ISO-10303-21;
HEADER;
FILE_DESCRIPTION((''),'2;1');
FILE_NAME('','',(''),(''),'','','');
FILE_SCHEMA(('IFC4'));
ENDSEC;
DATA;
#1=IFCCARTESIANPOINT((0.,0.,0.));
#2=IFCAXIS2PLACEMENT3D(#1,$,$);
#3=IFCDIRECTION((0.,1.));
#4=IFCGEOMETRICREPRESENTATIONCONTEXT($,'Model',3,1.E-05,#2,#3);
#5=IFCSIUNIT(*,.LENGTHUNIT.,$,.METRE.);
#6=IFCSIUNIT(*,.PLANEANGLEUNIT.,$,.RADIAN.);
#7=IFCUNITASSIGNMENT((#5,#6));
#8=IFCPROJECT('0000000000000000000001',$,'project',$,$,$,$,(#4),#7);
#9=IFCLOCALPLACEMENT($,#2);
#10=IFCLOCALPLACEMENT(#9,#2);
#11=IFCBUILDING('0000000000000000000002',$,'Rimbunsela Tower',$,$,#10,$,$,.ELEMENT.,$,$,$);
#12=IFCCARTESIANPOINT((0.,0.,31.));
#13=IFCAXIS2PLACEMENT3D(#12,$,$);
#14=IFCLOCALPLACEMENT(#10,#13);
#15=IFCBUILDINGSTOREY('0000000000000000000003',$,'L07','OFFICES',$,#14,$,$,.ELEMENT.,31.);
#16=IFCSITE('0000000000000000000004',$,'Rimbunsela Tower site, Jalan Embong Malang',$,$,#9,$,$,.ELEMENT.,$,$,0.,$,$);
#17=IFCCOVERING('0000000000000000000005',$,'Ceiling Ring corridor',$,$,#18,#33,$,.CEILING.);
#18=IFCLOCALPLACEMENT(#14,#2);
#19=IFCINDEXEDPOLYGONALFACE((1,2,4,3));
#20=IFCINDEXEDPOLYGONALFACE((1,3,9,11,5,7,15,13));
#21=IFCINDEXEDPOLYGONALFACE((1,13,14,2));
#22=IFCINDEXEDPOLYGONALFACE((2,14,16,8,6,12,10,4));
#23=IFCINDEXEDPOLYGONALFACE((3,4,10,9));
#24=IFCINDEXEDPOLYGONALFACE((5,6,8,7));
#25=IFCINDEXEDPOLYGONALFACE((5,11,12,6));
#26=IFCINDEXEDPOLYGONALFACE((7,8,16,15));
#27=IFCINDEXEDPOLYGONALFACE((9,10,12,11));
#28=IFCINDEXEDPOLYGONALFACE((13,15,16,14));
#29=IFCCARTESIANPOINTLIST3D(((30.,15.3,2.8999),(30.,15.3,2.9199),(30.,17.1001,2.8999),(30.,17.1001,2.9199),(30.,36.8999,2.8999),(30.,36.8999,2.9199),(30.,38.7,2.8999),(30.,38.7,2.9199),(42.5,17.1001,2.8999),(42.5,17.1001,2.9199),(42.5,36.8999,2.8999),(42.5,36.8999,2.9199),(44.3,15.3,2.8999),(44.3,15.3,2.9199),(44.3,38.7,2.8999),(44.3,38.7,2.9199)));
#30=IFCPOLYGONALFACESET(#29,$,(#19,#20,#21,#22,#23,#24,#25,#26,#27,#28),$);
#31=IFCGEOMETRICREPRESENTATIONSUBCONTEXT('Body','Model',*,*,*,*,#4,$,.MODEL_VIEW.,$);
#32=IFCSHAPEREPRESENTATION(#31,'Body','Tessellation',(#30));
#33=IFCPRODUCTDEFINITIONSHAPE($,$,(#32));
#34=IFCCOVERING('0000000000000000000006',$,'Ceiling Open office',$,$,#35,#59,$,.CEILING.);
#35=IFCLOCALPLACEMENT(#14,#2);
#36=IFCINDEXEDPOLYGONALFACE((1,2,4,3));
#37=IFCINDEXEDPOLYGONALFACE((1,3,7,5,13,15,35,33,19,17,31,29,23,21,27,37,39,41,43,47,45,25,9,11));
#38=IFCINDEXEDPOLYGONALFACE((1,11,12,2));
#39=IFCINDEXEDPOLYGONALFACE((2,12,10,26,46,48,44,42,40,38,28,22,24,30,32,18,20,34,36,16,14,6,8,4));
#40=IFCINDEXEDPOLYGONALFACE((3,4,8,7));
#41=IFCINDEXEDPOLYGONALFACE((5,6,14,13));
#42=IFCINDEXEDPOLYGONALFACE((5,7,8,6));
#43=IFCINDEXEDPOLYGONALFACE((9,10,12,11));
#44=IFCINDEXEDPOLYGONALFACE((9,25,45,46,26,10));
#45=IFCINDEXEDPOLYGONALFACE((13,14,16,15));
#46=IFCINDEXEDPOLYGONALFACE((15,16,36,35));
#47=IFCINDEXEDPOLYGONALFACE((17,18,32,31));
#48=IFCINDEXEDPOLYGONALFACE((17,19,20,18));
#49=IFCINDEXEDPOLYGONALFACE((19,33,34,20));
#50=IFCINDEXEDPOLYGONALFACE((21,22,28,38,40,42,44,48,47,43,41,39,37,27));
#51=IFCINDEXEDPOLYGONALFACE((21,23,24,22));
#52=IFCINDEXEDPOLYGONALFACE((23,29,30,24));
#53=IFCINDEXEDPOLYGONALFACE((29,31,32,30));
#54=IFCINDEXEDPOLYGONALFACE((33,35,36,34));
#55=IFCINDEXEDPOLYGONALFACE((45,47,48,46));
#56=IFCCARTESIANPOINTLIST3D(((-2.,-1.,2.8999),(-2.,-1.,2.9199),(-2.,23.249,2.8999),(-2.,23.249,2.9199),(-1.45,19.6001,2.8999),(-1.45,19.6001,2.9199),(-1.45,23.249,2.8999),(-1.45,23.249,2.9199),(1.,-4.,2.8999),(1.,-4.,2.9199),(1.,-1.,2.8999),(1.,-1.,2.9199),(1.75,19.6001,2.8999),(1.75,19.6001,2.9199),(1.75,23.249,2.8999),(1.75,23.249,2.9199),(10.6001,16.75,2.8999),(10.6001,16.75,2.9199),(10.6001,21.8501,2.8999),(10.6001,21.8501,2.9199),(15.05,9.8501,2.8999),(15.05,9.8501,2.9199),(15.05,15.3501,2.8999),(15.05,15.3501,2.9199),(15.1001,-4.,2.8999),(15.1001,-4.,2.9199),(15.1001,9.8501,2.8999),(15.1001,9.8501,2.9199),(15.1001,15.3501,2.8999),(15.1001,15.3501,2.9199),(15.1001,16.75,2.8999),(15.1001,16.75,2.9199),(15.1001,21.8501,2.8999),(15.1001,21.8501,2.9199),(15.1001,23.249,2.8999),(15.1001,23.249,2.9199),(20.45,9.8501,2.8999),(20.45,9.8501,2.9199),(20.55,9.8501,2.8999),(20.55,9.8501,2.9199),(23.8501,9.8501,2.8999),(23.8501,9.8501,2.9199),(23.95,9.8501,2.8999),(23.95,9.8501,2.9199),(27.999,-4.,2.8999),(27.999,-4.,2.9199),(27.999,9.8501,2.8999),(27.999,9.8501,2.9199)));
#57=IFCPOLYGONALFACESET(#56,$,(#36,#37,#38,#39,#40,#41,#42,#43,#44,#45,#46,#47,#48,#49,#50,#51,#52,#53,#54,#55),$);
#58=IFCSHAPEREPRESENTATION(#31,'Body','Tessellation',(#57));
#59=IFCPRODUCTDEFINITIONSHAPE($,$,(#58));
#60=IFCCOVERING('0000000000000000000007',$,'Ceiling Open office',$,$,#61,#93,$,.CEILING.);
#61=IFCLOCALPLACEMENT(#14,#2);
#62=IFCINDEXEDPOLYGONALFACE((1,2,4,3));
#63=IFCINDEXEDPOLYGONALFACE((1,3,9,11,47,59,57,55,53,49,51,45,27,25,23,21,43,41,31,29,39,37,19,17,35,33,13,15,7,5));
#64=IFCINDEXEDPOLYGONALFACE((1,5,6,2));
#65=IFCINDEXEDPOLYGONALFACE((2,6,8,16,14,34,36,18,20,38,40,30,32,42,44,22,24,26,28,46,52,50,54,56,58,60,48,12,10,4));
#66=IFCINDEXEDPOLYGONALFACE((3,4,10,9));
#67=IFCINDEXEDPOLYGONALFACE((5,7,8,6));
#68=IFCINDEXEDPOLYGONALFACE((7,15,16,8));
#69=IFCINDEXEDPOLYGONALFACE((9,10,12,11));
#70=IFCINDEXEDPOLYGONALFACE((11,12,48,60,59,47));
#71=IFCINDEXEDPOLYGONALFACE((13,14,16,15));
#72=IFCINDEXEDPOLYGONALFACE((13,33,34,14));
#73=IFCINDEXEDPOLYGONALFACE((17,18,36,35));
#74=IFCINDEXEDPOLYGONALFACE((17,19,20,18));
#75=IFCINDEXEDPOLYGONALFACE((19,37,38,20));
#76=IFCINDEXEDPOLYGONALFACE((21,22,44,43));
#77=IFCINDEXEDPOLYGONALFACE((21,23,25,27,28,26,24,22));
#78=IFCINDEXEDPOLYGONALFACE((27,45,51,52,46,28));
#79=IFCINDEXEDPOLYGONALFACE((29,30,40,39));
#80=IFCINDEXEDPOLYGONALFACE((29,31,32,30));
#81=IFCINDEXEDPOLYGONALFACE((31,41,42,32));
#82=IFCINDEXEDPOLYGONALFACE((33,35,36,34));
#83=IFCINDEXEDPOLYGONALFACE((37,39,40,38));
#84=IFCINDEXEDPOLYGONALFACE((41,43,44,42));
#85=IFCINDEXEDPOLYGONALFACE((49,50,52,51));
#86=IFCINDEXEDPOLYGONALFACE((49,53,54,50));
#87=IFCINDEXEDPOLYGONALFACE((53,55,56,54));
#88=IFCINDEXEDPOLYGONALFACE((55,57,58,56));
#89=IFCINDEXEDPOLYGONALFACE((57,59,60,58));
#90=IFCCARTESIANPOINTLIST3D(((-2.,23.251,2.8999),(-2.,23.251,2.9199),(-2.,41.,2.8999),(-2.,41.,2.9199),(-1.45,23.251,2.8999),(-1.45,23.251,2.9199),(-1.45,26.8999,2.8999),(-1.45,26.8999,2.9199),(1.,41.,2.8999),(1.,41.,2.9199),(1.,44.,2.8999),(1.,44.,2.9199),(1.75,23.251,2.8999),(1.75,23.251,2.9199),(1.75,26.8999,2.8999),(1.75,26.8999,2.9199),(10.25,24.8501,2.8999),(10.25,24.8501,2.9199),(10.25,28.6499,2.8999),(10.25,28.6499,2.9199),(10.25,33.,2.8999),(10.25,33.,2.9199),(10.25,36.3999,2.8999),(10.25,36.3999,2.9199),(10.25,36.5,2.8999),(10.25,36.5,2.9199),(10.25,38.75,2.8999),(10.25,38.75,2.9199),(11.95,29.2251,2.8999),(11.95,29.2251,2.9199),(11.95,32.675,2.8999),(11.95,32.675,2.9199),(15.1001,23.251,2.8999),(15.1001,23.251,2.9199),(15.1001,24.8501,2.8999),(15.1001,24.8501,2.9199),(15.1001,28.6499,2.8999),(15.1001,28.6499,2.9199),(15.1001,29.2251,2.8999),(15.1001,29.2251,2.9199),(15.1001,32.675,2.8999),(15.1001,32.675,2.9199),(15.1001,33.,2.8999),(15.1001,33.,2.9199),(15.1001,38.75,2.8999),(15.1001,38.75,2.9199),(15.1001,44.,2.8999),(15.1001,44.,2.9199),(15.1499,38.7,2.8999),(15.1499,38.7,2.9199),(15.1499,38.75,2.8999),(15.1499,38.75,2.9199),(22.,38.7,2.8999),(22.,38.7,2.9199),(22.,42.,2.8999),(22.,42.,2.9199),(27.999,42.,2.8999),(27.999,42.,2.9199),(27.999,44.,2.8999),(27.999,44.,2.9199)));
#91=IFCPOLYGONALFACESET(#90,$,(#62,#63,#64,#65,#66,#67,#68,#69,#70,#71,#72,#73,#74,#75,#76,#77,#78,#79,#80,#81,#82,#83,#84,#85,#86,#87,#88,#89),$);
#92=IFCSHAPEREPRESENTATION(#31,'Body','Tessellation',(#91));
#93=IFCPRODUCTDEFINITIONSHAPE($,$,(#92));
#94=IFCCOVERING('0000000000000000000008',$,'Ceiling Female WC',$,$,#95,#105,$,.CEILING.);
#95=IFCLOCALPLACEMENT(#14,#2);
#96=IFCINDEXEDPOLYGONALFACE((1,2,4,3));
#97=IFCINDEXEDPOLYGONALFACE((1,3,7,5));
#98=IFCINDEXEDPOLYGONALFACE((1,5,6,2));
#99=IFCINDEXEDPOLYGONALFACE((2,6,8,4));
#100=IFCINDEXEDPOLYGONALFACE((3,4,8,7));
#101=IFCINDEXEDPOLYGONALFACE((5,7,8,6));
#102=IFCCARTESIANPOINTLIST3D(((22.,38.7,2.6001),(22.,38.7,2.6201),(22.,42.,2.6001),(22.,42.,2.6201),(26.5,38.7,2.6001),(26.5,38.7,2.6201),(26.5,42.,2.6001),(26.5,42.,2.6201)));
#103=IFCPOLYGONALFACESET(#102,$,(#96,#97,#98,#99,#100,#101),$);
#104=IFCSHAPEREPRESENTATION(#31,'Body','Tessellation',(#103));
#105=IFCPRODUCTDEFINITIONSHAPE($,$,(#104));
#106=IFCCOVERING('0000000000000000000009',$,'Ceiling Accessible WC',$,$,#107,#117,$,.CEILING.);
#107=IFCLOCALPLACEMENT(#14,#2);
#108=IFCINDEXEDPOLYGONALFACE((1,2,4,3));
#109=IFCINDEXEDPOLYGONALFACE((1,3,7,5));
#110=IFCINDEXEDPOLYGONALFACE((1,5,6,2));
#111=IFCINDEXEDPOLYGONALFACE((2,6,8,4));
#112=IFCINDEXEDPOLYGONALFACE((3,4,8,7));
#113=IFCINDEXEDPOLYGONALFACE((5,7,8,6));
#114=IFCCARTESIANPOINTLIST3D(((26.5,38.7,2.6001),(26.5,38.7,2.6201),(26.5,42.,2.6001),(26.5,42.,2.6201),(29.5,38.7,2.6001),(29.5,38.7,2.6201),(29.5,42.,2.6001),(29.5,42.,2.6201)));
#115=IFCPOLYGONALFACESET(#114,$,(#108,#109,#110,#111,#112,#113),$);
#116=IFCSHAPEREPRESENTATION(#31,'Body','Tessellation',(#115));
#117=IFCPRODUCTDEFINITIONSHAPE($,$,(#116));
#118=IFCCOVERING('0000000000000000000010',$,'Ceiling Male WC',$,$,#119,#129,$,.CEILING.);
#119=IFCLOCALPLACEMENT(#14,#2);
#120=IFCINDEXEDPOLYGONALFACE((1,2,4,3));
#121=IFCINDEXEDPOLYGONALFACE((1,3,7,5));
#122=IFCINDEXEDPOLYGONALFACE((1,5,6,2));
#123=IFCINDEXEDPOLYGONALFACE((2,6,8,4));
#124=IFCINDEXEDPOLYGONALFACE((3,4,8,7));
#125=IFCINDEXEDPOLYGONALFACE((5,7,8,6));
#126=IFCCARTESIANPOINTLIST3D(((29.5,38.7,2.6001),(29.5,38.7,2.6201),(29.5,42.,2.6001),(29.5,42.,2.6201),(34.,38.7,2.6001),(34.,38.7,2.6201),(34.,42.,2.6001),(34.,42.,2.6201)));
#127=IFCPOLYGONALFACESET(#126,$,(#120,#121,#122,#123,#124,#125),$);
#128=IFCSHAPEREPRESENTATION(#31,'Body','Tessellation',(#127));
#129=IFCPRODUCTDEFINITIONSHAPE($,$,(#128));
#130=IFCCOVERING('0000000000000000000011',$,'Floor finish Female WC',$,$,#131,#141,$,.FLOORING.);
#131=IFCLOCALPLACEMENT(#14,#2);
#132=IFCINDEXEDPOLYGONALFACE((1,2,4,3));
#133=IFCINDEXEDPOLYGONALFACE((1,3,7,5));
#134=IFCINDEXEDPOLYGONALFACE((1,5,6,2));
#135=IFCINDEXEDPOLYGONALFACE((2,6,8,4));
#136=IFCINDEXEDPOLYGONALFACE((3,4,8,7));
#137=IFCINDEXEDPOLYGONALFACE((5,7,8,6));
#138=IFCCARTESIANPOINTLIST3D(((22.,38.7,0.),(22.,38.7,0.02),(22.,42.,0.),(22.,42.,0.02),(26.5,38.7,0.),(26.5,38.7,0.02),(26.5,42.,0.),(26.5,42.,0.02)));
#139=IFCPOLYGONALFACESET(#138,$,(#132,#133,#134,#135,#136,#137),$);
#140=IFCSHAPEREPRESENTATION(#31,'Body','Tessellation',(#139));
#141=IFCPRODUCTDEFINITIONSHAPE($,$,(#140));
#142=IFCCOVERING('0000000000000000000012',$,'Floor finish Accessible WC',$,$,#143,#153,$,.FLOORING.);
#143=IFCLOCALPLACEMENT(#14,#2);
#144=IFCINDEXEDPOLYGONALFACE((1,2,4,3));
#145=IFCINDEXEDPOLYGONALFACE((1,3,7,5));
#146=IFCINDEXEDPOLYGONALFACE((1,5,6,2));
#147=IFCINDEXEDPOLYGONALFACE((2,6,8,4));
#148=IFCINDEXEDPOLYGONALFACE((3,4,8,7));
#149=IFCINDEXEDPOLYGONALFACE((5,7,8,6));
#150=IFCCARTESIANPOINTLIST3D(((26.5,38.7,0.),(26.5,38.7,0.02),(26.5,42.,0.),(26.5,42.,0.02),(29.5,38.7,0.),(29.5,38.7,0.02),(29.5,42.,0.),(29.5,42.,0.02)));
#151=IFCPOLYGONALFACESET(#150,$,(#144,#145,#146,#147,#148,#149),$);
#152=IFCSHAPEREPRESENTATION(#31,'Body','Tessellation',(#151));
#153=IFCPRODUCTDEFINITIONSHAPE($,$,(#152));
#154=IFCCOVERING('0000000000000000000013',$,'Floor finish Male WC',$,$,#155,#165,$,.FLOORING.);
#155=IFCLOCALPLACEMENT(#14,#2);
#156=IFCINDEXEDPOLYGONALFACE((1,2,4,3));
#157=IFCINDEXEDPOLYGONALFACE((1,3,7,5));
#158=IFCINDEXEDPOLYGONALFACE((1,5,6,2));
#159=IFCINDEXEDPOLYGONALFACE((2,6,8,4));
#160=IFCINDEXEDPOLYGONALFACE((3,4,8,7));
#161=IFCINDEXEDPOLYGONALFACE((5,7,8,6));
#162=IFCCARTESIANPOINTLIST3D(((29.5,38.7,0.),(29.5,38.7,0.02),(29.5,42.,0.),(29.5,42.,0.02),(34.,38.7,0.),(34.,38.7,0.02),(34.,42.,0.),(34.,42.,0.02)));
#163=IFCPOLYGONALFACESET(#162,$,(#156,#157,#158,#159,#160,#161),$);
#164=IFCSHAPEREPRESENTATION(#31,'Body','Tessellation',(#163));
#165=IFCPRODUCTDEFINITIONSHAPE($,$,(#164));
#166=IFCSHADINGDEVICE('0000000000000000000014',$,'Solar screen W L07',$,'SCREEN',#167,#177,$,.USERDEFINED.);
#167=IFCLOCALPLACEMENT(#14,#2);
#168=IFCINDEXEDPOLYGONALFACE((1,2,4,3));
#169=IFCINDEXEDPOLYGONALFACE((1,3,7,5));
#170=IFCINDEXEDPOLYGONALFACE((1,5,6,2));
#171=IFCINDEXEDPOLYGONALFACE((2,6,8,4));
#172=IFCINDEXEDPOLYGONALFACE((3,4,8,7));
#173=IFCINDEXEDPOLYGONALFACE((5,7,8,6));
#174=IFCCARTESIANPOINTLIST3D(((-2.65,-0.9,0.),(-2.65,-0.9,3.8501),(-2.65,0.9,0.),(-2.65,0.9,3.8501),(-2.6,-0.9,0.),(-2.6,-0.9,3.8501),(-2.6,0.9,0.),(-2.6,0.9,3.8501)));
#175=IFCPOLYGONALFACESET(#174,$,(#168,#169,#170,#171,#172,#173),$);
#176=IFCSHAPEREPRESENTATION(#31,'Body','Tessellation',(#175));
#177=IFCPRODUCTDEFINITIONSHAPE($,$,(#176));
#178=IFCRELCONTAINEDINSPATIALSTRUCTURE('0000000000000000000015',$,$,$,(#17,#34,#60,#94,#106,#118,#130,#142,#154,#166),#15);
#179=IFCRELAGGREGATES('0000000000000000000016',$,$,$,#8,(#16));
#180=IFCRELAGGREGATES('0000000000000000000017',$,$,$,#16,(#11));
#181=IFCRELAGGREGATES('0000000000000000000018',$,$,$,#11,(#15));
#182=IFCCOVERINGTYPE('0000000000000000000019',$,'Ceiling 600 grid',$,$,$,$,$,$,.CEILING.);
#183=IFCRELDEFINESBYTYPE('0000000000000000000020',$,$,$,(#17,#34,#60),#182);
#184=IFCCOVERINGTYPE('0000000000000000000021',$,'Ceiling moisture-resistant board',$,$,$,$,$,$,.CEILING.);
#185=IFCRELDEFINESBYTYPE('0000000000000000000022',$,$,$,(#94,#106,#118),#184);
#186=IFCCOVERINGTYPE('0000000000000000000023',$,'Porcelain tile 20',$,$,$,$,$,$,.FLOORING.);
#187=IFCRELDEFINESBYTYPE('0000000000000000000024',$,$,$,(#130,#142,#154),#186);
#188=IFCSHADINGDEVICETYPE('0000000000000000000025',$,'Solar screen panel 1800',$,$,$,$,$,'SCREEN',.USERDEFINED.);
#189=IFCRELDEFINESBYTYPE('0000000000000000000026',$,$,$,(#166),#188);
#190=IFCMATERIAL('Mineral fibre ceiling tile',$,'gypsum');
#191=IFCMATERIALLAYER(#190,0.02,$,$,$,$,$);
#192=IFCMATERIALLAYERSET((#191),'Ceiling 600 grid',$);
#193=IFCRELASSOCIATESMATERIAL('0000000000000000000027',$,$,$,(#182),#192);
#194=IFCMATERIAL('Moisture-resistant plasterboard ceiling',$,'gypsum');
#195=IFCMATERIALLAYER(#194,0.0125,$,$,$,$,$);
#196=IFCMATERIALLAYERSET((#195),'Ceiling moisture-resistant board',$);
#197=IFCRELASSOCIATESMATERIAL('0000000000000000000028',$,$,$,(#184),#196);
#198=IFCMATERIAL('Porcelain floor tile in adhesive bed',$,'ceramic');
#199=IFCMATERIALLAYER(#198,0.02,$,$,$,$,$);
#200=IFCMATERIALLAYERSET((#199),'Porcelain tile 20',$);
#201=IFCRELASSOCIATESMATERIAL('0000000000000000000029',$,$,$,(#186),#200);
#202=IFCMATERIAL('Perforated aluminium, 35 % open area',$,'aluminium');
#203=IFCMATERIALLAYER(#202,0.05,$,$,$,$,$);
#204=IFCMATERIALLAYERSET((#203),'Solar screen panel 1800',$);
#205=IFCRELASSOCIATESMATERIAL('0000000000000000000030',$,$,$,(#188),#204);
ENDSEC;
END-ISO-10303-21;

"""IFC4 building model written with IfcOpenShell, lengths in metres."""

from ifc_helpers import new_model, si_unit, direction, frame, origin, origin_2d, place, context, subcontext, project, spatial, polyline, rectangle, outline, extrude, material, layer, layer_set, type_object, element, save


model = new_model("IFC4")

# Units and contexts
model_context = context("Model", 3, precision=1e-05, world=origin(), true_north=direction((0.0, 1.0)))
body_context = subcontext(model_context, "Body", "Model", "MODEL_VIEW")
ifc_project = project(units=[si_unit("LENGTHUNIT", "METRE"), si_unit("PLANEANGLEUNIT", "RADIAN")], contexts=[model_context])

# Site, building, storey
site_placement = place(None, origin())
site = spatial("IfcSite", under=ifc_project, at=site_placement, Name="Rimbunsela Tower site, Jalan Embong Malang", CompositionType="ELEMENT", RefElevation=0.0)
building_placement = place(site_placement, origin())
building = spatial("IfcBuilding", under=site, at=building_placement, Name="Rimbunsela Tower", CompositionType="ELEMENT")
storey_placement = place(building_placement, frame((0.0, 0.0, 31.0)))
storey = spatial("IfcBuildingStorey", under=building, at=storey_placement, Name="L07", Description="OFFICES", CompositionType="ELEMENT", Elevation=31.0)

# Coverings
ifc_material_1 = material(Name="Mineral fibre ceiling tile", Category="gypsum")
ifc_layer_1 = layer(ifc_material_1, 0.02)
ifc_layer_set_1 = layer_set([ifc_layer_1], Name="Ceiling 600 grid")
covering_type_1 = type_object("IfcCoveringType", Name="Ceiling 600 grid", PredefinedType="CEILING", material=ifc_layer_set_1)
covering_1_placement = place(storey_placement, frame((0.0, 0.0, 2.8999)))
element("IfcCovering", 1, at=covering_1_placement, inside=storey, type_object=covering_type_1, Name="Ceiling Ring corridor", PredefinedType="CEILING", context=body_context, shape_type="SweptSolid", body=[
    extrude(outline(polyline([(44.3, 38.7), (44.3, 15.3), (30.0, 15.3), (30.0, 17.1001), (42.5, 17.1001), (42.5, 36.8999), (30.0, 36.8999), (30.0, 38.7), (44.3, 38.7)])), origin(), (0.0, 0.0, 1.0), 0.02),
])
covering_2_placement = place(storey_placement, frame((0.0, 0.0, 2.8999)))
element("IfcCovering", 2, at=covering_2_placement, inside=storey, type_object=covering_type_1, Name="Ceiling Open office", PredefinedType="CEILING", context=body_context, shape_type="SweptSolid", body=[
    extrude(outline(polyline([(20.55, 9.8501), (23.8501, 9.8501), (23.95, 9.8501), (27.999, 9.8501), (27.999, -4.0), (15.1001, -4.0), (1.0, -4.0), (1.0, -1.0), (-2.0, -1.0), (-2.0, 23.249), (-1.45, 23.249), (-1.45, 19.6001), (1.75, 19.6001), (1.75, 23.249), (15.1001, 23.249), (15.1001, 21.8501), (10.6001, 21.8501), (10.6001, 16.75), (15.1001, 16.75), (15.1001, 15.3501), (15.05, 15.3501), (15.05, 9.8501), (15.1001, 9.8501), (20.45, 9.8501), (20.55, 9.8501)])), origin(), (0.0, 0.0, 1.0), 0.02),
])
covering_3_placement = place(storey_placement, frame((0.0, 0.0, 2.8999)))
element("IfcCovering", 3, at=covering_3_placement, inside=storey, type_object=covering_type_1, Name="Ceiling Open office", PredefinedType="CEILING", context=body_context, shape_type="SweptSolid", body=[
    extrude(outline(polyline([(10.25, 36.5), (10.25, 36.3999), (10.25, 33.0), (15.1001, 33.0), (15.1001, 32.675), (11.95, 32.675), (11.95, 29.2251), (15.1001, 29.2251), (15.1001, 28.6499), (10.25, 28.6499), (10.25, 24.8501), (15.1001, 24.8501), (15.1001, 23.251), (1.75, 23.251), (1.75, 26.8999), (-1.45, 26.8999), (-1.45, 23.251), (-2.0, 23.251), (-2.0, 41.0), (1.0, 41.0), (1.0, 44.0), (15.1001, 44.0), (27.999, 44.0), (27.999, 42.0), (22.0, 42.0), (22.0, 38.7), (15.1499, 38.7), (15.1499, 38.75), (15.1001, 38.75), (10.25, 38.75), (10.25, 36.5)])), origin(), (0.0, 0.0, 1.0), 0.02),
])
ifc_material_2 = material(Name="Moisture-resistant plasterboard ceiling", Category="gypsum")
ifc_layer_2 = layer(ifc_material_2, 0.0125)
ifc_layer_set_2 = layer_set([ifc_layer_2], Name="Ceiling moisture-resistant board")
covering_type_2 = type_object("IfcCoveringType", Name="Ceiling moisture-resistant board", PredefinedType="CEILING", material=ifc_layer_set_2)
covering_4_placement = place(storey_placement, frame((0.0, 0.0, 2.6001)))
element("IfcCovering", 4, at=covering_4_placement, inside=storey, type_object=covering_type_2, Name="Ceiling Female WC", PredefinedType="CEILING", context=body_context, shape_type="SweptSolid", body=[
    extrude(outline(polyline([(26.5, 38.7), (26.5, 42.0), (22.0, 42.0), (22.0, 38.7), (26.5, 38.7)])), origin(), (0.0, 0.0, 1.0), 0.02),
])
covering_5_placement = place(storey_placement, frame((0.0, 0.0, 2.6001)))
element("IfcCovering", 5, at=covering_5_placement, inside=storey, type_object=covering_type_2, Name="Ceiling Accessible WC", PredefinedType="CEILING", context=body_context, shape_type="SweptSolid", body=[
    extrude(outline(polyline([(29.5, 38.7), (29.5, 42.0), (26.5, 42.0), (26.5, 38.7), (29.5, 38.7)])), origin(), (0.0, 0.0, 1.0), 0.02),
])
covering_6_placement = place(storey_placement, frame((0.0, 0.0, 2.6001)))
element("IfcCovering", 6, at=covering_6_placement, inside=storey, type_object=covering_type_2, Name="Ceiling Male WC", PredefinedType="CEILING", context=body_context, shape_type="SweptSolid", body=[
    extrude(outline(polyline([(34.0, 38.7), (34.0, 42.0), (29.5, 42.0), (29.5, 38.7), (34.0, 38.7)])), origin(), (0.0, 0.0, 1.0), 0.02),
])
ifc_material_3 = material(Name="Porcelain floor tile in adhesive bed", Category="ceramic")
ifc_layer_3 = layer(ifc_material_3, 0.02)
ifc_layer_set_3 = layer_set([ifc_layer_3], Name="Porcelain tile 20")
covering_type_3 = type_object("IfcCoveringType", Name="Porcelain tile 20", PredefinedType="FLOORING", material=ifc_layer_set_3)
covering_7_placement = place(storey_placement, origin())
element("IfcCovering", 7, at=covering_7_placement, inside=storey, type_object=covering_type_3, Name="Floor finish Female WC", PredefinedType="FLOORING", context=body_context, shape_type="SweptSolid", body=[
    extrude(outline(polyline([(26.5, 38.7), (26.5, 42.0), (22.0, 42.0), (22.0, 38.7), (26.5, 38.7)])), origin(), (0.0, 0.0, 1.0), 0.02),
])
covering_8_placement = place(storey_placement, origin())
element("IfcCovering", 8, at=covering_8_placement, inside=storey, type_object=covering_type_3, Name="Floor finish Accessible WC", PredefinedType="FLOORING", context=body_context, shape_type="SweptSolid", body=[
    extrude(outline(polyline([(29.5, 38.7), (29.5, 42.0), (26.5, 42.0), (26.5, 38.7), (29.5, 38.7)])), origin(), (0.0, 0.0, 1.0), 0.02),
])
covering_9_placement = place(storey_placement, origin())
element("IfcCovering", 9, at=covering_9_placement, inside=storey, type_object=covering_type_3, Name="Floor finish Male WC", PredefinedType="FLOORING", context=body_context, shape_type="SweptSolid", body=[
    extrude(outline(polyline([(34.0, 38.7), (34.0, 42.0), (29.5, 42.0), (29.5, 38.7), (34.0, 38.7)])), origin(), (0.0, 0.0, 1.0), 0.02),
])

# Shading device
ifc_material_4 = material(Name="Perforated aluminium, 35 % open area", Category="aluminium")
ifc_layer_4 = layer(ifc_material_4, 0.05)
ifc_layer_set_4 = layer_set([ifc_layer_4], Name="Solar screen panel 1800")
shading_device_type = type_object("IfcShadingDeviceType", Name="Solar screen panel 1800", ElementType="SCREEN", PredefinedType="USERDEFINED", material=ifc_layer_set_4)
shading_device_placement = place(storey_placement, frame((-2.625, 0.0, 0.0), z_axis=(0.0, 0.0, 1.0), x_axis=(0.0, 1.0, 0.0)))
element("IfcShadingDevice", 10, at=shading_device_placement, inside=storey, type_object=shading_device_type, Name="Solar screen W L07", ObjectType="SCREEN", PredefinedType="USERDEFINED", context=body_context, shape_type="SweptSolid", body=[
    extrude(rectangle(XDim=1.8, YDim=0.05, at=origin_2d()), origin(), (0.0, 0.0, 1.0), 3.8501),
])

save(model, "model.ifc")
